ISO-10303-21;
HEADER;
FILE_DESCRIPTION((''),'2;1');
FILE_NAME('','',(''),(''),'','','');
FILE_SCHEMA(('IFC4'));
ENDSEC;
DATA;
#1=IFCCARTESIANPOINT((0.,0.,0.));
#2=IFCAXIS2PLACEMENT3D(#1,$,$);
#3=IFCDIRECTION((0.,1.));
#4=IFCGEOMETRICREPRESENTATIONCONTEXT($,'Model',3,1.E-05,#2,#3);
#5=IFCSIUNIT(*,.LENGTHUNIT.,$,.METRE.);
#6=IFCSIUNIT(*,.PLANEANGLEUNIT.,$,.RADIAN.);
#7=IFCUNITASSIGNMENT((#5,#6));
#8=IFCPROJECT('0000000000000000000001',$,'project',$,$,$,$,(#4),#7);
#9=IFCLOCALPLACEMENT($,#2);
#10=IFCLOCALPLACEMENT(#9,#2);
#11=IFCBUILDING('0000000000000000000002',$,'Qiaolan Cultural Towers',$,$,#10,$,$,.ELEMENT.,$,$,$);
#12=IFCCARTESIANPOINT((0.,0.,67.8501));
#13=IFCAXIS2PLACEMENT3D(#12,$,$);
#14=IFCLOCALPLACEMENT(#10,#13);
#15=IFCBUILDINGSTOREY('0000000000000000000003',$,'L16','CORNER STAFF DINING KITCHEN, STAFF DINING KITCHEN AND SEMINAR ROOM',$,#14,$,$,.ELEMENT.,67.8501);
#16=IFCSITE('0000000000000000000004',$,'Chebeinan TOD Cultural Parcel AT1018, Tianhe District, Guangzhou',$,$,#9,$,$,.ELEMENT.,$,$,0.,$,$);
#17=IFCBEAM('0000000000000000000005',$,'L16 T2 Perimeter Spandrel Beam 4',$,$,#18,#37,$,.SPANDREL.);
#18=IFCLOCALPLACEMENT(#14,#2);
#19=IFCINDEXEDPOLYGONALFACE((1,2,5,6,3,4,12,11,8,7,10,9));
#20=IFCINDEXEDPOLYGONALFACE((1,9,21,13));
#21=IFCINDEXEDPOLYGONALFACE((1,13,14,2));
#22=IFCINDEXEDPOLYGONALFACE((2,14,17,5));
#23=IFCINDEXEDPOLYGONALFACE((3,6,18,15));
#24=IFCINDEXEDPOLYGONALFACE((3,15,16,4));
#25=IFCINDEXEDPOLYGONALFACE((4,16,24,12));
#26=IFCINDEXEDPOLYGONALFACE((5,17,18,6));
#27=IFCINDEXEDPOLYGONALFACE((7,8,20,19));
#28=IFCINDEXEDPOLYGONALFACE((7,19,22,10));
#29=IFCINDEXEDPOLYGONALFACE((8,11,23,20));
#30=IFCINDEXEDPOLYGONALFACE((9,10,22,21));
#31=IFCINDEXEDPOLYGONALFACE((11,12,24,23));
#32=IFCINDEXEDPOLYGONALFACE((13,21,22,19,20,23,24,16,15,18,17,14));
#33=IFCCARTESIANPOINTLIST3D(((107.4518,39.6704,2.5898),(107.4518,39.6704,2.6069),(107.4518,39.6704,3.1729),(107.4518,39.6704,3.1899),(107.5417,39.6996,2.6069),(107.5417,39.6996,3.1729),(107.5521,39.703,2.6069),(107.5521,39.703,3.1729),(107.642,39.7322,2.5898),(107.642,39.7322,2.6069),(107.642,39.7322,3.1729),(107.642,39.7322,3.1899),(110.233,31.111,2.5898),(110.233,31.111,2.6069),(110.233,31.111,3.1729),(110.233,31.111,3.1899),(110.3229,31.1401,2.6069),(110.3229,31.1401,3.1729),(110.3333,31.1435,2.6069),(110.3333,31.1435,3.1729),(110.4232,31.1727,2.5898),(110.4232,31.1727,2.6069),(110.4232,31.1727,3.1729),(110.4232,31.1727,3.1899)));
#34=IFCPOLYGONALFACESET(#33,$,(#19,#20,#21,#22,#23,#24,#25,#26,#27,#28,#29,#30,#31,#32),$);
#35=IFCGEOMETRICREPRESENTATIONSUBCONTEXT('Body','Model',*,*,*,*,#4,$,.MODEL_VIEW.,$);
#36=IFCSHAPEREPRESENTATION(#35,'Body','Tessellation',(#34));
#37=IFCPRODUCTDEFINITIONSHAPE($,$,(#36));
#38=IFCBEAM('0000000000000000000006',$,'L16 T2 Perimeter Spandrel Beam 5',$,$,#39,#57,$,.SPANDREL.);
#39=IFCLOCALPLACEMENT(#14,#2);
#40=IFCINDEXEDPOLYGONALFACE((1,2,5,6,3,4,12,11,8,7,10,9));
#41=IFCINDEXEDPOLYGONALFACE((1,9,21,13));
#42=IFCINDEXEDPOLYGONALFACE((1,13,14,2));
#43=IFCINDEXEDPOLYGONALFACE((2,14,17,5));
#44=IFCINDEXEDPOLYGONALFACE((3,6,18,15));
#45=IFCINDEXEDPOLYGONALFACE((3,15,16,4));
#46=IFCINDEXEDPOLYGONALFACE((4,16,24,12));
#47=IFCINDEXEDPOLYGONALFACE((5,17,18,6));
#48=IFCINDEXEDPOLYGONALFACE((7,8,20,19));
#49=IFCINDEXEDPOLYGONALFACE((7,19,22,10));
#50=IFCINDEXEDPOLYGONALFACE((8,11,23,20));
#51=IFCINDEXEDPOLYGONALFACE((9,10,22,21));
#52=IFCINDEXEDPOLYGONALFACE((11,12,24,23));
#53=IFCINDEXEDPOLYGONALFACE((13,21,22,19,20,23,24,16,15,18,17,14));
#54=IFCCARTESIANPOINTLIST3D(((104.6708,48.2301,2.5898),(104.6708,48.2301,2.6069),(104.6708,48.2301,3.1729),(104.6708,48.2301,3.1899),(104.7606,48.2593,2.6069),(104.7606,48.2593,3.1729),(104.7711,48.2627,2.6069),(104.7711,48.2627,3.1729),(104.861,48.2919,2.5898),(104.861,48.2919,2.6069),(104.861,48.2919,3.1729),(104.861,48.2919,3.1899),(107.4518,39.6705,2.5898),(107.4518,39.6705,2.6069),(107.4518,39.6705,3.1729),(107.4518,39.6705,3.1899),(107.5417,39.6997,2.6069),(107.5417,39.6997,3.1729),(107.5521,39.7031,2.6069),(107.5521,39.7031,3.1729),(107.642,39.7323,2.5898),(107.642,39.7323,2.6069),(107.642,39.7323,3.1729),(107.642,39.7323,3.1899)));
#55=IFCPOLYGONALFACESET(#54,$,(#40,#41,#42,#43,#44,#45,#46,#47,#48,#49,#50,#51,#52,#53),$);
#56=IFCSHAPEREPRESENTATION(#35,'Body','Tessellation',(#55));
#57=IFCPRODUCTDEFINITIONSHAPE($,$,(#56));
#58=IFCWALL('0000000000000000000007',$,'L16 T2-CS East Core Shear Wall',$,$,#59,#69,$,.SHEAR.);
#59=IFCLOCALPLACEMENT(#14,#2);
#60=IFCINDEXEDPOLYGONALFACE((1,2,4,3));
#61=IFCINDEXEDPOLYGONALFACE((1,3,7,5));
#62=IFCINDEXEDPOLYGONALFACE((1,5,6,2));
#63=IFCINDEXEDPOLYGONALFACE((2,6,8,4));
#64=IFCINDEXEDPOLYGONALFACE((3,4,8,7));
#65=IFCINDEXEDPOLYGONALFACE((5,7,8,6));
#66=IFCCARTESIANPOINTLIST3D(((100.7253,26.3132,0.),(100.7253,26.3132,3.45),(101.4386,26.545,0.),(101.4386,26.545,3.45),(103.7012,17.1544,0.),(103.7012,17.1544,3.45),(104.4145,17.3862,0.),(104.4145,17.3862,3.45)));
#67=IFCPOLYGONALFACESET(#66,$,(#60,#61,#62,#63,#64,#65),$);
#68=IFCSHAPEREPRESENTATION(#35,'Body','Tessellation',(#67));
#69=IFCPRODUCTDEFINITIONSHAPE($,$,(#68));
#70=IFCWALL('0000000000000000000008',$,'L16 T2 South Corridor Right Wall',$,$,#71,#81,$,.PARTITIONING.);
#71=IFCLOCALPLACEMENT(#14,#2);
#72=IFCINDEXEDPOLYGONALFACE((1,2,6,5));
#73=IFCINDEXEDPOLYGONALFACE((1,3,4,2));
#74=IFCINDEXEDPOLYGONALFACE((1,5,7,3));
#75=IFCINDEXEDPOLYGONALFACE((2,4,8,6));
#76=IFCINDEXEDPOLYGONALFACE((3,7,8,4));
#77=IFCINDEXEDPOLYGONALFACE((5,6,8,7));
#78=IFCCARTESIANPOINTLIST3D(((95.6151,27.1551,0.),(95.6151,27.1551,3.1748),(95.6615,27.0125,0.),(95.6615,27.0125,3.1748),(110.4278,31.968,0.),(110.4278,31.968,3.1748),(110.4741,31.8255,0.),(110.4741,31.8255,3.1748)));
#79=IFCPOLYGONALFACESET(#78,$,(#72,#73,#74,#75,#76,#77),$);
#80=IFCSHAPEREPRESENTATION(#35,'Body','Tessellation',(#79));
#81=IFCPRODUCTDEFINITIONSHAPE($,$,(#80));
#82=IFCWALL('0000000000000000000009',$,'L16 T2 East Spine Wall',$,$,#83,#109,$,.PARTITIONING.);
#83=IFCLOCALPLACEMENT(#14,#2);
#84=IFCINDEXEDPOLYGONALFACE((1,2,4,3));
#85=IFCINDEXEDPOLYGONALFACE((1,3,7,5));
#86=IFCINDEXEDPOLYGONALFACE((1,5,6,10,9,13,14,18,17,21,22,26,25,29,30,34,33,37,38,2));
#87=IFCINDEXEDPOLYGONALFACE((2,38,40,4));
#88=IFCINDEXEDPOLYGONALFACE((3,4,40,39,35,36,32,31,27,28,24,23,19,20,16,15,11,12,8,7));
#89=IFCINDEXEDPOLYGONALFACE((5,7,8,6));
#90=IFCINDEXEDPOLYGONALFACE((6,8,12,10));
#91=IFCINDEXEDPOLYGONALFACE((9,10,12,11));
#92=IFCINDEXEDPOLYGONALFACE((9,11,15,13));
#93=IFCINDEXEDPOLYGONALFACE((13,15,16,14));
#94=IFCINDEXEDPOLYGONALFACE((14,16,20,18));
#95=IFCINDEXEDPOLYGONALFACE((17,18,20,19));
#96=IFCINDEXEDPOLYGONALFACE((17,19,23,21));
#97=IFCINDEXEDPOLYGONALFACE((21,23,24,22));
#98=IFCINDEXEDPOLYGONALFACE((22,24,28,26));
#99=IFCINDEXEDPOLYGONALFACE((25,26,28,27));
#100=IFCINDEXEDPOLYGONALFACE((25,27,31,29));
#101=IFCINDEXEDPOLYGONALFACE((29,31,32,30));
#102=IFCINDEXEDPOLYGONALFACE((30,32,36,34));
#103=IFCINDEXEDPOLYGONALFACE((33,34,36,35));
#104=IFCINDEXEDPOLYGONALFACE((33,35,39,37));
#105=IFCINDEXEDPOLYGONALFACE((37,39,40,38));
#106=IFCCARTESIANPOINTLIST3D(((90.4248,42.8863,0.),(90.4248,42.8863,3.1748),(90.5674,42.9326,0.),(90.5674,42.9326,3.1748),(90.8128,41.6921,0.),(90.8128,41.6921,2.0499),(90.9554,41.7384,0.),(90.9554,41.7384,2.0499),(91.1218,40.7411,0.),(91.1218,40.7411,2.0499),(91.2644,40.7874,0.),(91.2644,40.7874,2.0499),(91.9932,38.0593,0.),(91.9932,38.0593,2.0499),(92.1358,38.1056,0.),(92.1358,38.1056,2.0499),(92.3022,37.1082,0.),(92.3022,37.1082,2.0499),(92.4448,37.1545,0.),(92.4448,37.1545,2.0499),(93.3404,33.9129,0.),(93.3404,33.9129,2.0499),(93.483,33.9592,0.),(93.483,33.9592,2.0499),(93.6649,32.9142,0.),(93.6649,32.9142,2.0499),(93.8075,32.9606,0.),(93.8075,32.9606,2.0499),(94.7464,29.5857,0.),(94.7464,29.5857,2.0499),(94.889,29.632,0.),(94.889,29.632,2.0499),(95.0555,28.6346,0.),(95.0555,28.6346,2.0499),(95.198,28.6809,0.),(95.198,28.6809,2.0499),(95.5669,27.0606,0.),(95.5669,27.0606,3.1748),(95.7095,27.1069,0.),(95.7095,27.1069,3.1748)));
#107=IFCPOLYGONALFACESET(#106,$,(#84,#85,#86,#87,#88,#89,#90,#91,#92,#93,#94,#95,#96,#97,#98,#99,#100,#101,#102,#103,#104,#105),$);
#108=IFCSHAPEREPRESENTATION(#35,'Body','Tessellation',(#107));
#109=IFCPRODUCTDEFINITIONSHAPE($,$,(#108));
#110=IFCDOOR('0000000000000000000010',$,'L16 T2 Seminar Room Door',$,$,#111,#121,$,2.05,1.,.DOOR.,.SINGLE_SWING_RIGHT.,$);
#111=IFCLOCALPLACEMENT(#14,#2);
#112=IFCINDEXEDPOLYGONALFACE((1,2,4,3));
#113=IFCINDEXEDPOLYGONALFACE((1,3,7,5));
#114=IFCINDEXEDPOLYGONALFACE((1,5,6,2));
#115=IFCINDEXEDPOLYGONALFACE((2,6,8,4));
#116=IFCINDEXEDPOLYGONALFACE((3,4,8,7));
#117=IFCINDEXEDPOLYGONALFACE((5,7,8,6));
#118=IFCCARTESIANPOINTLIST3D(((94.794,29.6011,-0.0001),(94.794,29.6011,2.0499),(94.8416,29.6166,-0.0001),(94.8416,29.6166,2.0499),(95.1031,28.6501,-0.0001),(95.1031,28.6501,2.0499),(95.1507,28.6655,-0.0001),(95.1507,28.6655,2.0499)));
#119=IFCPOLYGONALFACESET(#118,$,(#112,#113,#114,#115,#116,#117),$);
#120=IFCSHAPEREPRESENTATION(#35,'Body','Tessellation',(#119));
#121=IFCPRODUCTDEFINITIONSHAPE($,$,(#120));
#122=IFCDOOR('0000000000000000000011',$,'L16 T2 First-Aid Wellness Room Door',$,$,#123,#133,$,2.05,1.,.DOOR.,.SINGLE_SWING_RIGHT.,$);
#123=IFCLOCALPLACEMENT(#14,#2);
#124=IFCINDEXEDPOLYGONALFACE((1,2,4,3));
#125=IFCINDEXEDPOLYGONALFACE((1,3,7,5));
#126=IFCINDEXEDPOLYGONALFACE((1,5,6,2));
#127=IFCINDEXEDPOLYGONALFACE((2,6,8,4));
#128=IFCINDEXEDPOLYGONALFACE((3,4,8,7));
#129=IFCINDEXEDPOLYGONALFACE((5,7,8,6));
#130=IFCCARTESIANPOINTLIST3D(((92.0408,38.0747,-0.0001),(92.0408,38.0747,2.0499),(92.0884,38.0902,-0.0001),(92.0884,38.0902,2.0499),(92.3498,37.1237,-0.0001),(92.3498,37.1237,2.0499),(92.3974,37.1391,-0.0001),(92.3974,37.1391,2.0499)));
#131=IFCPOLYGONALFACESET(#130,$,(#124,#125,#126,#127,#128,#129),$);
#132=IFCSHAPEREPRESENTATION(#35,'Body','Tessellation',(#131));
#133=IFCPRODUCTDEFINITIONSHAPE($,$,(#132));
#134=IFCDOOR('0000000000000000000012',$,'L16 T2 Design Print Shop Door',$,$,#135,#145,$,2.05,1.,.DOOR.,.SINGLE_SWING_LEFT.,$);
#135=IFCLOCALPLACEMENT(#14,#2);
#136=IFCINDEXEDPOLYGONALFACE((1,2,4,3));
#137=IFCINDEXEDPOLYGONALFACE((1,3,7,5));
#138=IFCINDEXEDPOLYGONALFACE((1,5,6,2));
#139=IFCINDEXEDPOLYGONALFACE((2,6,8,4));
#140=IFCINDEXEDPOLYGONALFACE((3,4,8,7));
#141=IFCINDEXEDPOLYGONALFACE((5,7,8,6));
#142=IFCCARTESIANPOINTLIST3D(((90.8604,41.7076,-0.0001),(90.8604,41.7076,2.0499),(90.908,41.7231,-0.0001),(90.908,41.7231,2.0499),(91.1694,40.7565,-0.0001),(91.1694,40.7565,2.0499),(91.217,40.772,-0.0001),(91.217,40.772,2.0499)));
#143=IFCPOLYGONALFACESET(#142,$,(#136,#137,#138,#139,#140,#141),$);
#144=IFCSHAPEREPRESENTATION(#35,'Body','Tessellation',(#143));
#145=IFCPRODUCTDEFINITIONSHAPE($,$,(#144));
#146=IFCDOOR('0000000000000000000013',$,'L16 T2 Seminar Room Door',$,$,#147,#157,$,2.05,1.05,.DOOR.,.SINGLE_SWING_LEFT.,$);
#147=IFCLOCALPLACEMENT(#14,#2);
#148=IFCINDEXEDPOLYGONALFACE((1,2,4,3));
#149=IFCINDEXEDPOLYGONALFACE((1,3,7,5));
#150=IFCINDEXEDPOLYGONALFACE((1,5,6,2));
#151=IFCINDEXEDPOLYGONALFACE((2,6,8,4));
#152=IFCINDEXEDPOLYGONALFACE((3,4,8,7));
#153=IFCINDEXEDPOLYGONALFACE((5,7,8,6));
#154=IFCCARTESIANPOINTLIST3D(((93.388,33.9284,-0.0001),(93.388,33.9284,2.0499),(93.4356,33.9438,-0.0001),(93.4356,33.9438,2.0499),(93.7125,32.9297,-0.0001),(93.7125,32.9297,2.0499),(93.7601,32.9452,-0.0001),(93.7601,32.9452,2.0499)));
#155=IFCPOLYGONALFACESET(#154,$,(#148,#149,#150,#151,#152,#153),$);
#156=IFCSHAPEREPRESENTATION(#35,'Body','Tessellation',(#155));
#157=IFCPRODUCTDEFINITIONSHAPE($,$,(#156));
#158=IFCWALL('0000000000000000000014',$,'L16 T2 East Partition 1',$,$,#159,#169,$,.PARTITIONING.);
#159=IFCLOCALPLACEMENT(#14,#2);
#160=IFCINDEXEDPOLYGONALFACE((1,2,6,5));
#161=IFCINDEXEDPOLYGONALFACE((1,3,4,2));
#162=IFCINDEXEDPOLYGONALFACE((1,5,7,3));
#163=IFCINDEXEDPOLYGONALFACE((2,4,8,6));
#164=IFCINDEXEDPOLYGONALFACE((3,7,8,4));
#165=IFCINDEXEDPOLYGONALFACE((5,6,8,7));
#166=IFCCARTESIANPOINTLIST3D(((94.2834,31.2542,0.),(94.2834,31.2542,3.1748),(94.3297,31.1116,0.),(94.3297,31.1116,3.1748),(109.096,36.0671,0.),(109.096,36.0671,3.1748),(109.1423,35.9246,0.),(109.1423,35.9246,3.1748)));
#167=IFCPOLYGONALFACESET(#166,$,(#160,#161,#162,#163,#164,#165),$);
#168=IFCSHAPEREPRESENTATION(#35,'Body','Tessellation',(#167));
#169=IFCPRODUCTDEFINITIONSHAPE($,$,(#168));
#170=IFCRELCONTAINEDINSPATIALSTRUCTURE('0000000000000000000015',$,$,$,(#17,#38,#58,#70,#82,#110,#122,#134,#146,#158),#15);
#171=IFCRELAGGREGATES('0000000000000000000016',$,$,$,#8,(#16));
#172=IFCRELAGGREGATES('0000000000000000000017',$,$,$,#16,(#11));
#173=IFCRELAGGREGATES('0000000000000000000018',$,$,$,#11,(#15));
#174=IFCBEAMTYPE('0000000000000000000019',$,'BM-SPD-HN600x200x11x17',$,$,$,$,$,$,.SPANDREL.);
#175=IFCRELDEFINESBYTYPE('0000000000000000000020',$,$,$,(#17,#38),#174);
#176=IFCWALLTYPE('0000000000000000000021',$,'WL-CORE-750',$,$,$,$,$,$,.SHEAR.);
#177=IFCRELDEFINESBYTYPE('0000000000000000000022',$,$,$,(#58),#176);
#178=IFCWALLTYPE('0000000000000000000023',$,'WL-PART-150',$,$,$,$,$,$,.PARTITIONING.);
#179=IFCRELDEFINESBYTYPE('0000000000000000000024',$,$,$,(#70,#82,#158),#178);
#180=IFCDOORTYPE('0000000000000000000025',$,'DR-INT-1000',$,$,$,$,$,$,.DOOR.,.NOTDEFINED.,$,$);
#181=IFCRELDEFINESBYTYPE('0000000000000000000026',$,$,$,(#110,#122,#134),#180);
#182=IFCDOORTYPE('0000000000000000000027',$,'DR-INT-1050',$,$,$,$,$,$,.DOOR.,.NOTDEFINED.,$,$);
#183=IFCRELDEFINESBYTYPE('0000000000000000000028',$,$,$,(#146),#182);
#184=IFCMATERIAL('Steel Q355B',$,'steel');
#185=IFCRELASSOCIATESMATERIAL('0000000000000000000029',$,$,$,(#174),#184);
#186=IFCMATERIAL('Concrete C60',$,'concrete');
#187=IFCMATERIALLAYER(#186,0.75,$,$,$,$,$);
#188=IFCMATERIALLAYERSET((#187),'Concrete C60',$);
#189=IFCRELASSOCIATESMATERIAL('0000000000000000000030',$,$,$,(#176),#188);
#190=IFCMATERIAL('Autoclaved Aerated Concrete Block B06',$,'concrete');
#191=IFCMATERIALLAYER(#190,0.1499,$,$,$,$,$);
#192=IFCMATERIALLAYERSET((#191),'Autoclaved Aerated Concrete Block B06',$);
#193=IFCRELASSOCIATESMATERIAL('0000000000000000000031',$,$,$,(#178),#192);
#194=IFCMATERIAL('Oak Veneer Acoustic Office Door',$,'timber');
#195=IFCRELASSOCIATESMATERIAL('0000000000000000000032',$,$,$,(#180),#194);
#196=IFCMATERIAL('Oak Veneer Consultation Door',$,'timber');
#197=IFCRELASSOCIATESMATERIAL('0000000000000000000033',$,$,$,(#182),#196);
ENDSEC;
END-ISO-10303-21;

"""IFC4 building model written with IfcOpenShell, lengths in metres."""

from ifc_helpers import new_model, si_unit, direction, frame, frame_2d, origin, origin_2d, place, context, subcontext, project, spatial, rectangle, i_section, extrude, material, layer, layer_set, material_profile, profile_set, type_object, element, fill, save


model = new_model("IFC4")

# Units and contexts
model_context = context("Model", 3, precision=1e-05, world=origin(), true_north=direction((0.0, 1.0)))
body_context = subcontext(model_context, "Body", "Model", "MODEL_VIEW")
ifc_project = project(units=[si_unit("LENGTHUNIT", "METRE"), si_unit("PLANEANGLEUNIT", "RADIAN")], contexts=[model_context])

# Site, building, storey
site_placement = place(None, origin())
site = spatial("IfcSite", under=ifc_project, at=site_placement, Name="Chebeinan TOD Cultural Parcel AT1018, Tianhe District, Guangzhou", CompositionType="ELEMENT", RefElevation=0.0)
building_placement = place(site_placement, origin())
building = spatial("IfcBuilding", under=site, at=building_placement, Name="Qiaolan Cultural Towers", CompositionType="ELEMENT")
storey_placement = place(building_placement, frame((0.0, 0.0, 67.8501)))
storey = spatial("IfcBuildingStorey", under=building, at=storey_placement, Name="L16", Description="CORNER STAFF DINING KITCHEN, STAFF DINING KITCHEN AND SEMINAR ROOM", CompositionType="ELEMENT", Elevation=67.8501)

# Beams
ifc_material_1 = material(Name="Steel Q355B", Category="steel")
ifc_material_profile_1 = material_profile(ifc_material_1, i_section(OverallWidth=0.2, OverallDepth=0.6001, WebThickness=0.011, FlangeThickness=0.0171, at=origin_2d()), Name="HN600x200x11x17")
ifc_profile_set_1 = profile_set([ifc_material_profile_1], Name="Steel Q355B")
beam_type_1 = type_object("IfcBeamType", Name="BM-SPD-HN600x200x11x17", PredefinedType="SPANDREL", material=ifc_profile_set_1)
for number, where, z_axis, x_axis, name in (
    (1, (110.3281, 31.1418, 2.8899), (-0.309025, 0.951054, 0.0), (-0.951054, -0.309025, 0.0), "L16 T2 Perimeter Spandrel Beam 4"),
    (2, (107.5469, 39.7014, 2.8899), (-0.309, 0.951062, 0.0), (-0.951062, -0.309, 0.0), "L16 T2 Perimeter Spandrel Beam 5"),
):
    element("IfcBeam", number, at=place(storey_placement, frame(where, z_axis=z_axis, x_axis=x_axis)), inside=storey, type_object=beam_type_1, Name=name, PredefinedType="SPANDREL", context=body_context, shape_type="SweptSolid", body=[
        extrude(i_section(OverallWidth=0.2, OverallDepth=0.6001, WebThickness=0.011, FlangeThickness=0.0171, at=origin_2d()), origin(), (0.0, 0.0, 1.0), 9.0),
    ])

# Walls
ifc_material_2 = material(Name="Concrete C60", Category="concrete")
ifc_layer_1 = layer(ifc_material_2, 0.75)
ifc_layer_set_1 = layer_set([ifc_layer_1], Name="Concrete C60")
wall_type_1 = type_object("IfcWallType", Name="WL-CORE-750", PredefinedType="SHEAR", material=ifc_layer_set_1)
wall_1_placement = place(storey_placement, frame((101.082, 26.429, 0.0), z_axis=(0.0, 0.0, 1.0), x_axis=(0.309016, -0.951057, 0.0)))
element("IfcWall", 3, at=wall_1_placement, inside=storey, type_object=wall_type_1, Name="L16 T2-CS East Core Shear Wall", PredefinedType="SHEAR", context=body_context, shape_type="SweptSolid", body=[
    extrude(rectangle(XDim=9.6301, YDim=0.75, at=frame_2d((4.8149, 0.0))), origin(), (0.0, 0.0, 1.0), 3.45),
])
ifc_material_3 = material(Name="Autoclaved Aerated Concrete Block B06", Category="concrete")
ifc_layer_2 = layer(ifc_material_3, 0.1499)
ifc_layer_set_2 = layer_set([ifc_layer_2], Name="Autoclaved Aerated Concrete Block B06")
wall_type_2 = type_object("IfcWallType", Name="WL-PART-150", PredefinedType="PARTITIONING", material=ifc_layer_set_2)
wall_2_placement = place(storey_placement, frame((95.6382, 27.0837, 0.0), z_axis=(0.0, 0.0, 1.0), x_axis=(0.951056, 0.309019, 0.0)))
element("IfcWall", 4, at=wall_2_placement, inside=storey, type_object=wall_type_2, Name="L16 T2 South Corridor Right Wall", PredefinedType="PARTITIONING", context=body_context, shape_type="SweptSolid", body=[
    extrude(rectangle(XDim=15.575, YDim=0.1499, at=frame_2d((7.7876, 0.0))), origin(), (0.0, 0.0, 1.0), 3.1748),
])

# Wall, openings, doors
wall_3_placement = place(storey_placement, frame((95.6382, 27.0837, 0.0), z_axis=(0.0, 0.0, 1.0), x_axis=(-0.309018, 0.951056, 0.0)))
wall_3 = element("IfcWall", 5, at=wall_3_placement, inside=storey, type_object=wall_type_2, Name="L16 T2 East Spine Wall", PredefinedType="PARTITIONING", context=body_context, shape_type="SweptSolid", body=[
    extrude(rectangle(XDim=16.6401, YDim=0.1499, at=frame_2d((8.3201, 0.0))), origin(), (0.0, 0.0, 1.0), 3.1748),
])
opening_1_placement = place(wall_3_placement, frame((1.655, 0.0, 0.0)))
opening_1 = element("IfcOpeningElement", 6, at=opening_1_placement, cuts=wall_3, PredefinedType="OPENING", context=body_context, shape_type="SweptSolid", body=[
    extrude(rectangle(XDim=1.0, YDim=2.05, at=frame_2d((0.5, 1.0249))), frame((0.0, 0.085, 0.0), z_axis=(0.0, -1.0, 0.0), x_axis=(1.0, 0.0, 0.0)), (0.0, 0.0, 1.0), 0.1699),
])
opening_2_placement = place(wall_3_placement, frame((6.155, 0.0, 0.0)))
opening_2 = element("IfcOpeningElement", 7, at=opening_2_placement, cuts=wall_3, PredefinedType="OPENING", context=body_context, shape_type="SweptSolid", body=[
    extrude(rectangle(XDim=1.05, YDim=2.05, at=frame_2d((0.5249, 1.0249))), frame((0.0, 0.085, 0.0), z_axis=(0.0, -1.0, 0.0), x_axis=(1.0, 0.0, 0.0)), (0.0, 0.0, 1.0), 0.1699),
])
opening_3_placement = place(wall_3_placement, frame((10.5647, 0.0, 0.0)))
opening_3 = element("IfcOpeningElement", 8, at=opening_3_placement, cuts=wall_3, PredefinedType="OPENING", context=body_context, shape_type="SweptSolid", body=[
    extrude(rectangle(XDim=1.0, YDim=2.05, at=frame_2d((0.5, 1.0249))), frame((0.0, 0.085, 0.0), z_axis=(0.0, -1.0, 0.0), x_axis=(1.0, 0.0, 0.0)), (0.0, 0.0, 1.0), 0.1699),
])
opening_4_placement = place(wall_3_placement, frame((14.3845, 0.0, 0.0)))
opening_4 = element("IfcOpeningElement", 9, at=opening_4_placement, cuts=wall_3, PredefinedType="OPENING", context=body_context, shape_type="SweptSolid", body=[
    extrude(rectangle(XDim=1.0, YDim=2.05, at=frame_2d((0.5, 1.0249))), frame((0.0, 0.085, 0.0), z_axis=(0.0, -1.0, 0.0), x_axis=(1.0, 0.0, 0.0)), (0.0, 0.0, 1.0), 0.1699),
])
ifc_material_4 = material(Name="Oak Veneer Acoustic Office Door", Category="timber")
door_type_1 = type_object("IfcDoorType", Name="DR-INT-1000", OperationType="NOTDEFINED", PredefinedType="DOOR", material=ifc_material_4)
door_1_placement = place(opening_1_placement, origin())
door_1 = element("IfcDoor", 10, at=door_1_placement, inside=storey, type_object=door_type_1, Name="L16 T2 Seminar Room Door", OperationType="SINGLE_SWING_RIGHT", OverallHeight=2.05, OverallWidth=1.0, PredefinedType="DOOR", context=body_context, shape_type="SweptSolid", body=[
    extrude(rectangle(XDim=1.0, YDim=2.05, at=frame_2d((0.5, 1.0249))), frame((0.0, 0.0249, 0.0), z_axis=(0.0, -1.0, 0.0), x_axis=(1.0, 0.0, 0.0)), (0.0, 0.0, 1.0), 0.05),
])
fill(opening_1, door_1)
door_2_placement = place(opening_3_placement, origin())
door_2 = element("IfcDoor", 11, at=door_2_placement, inside=storey, type_object=door_type_1, Name="L16 T2 First-Aid Wellness Room Door", OperationType="SINGLE_SWING_RIGHT", OverallHeight=2.05, OverallWidth=1.0, PredefinedType="DOOR", context=body_context, shape_type="SweptSolid", body=[
    extrude(rectangle(XDim=1.0, YDim=2.05, at=frame_2d((0.5, 1.0249))), frame((0.0, 0.0249, 0.0), z_axis=(0.0, -1.0, 0.0), x_axis=(1.0, 0.0, 0.0)), (0.0, 0.0, 1.0), 0.05),
])
fill(opening_3, door_2)
door_3_placement = place(opening_4_placement, origin())
door_3 = element("IfcDoor", 12, at=door_3_placement, inside=storey, type_object=door_type_1, Name="L16 T2 Design Print Shop Door", OperationType="SINGLE_SWING_LEFT", OverallHeight=2.05, OverallWidth=1.0, PredefinedType="DOOR", context=body_context, shape_type="SweptSolid", body=[
    extrude(rectangle(XDim=1.0, YDim=2.05, at=frame_2d((0.5, 1.0249))), frame((0.0, 0.0249, 0.0), z_axis=(0.0, -1.0, 0.0), x_axis=(1.0, 0.0, 0.0)), (0.0, 0.0, 1.0), 0.05),
])
fill(opening_4, door_3)
ifc_material_5 = material(Name="Oak Veneer Consultation Door", Category="timber")
door_type_2 = type_object("IfcDoorType", Name="DR-INT-1050", OperationType="NOTDEFINED", PredefinedType="DOOR", material=ifc_material_5)
door_4_placement = place(opening_2_placement, origin())
door_4 = element("IfcDoor", 13, at=door_4_placement, inside=storey, type_object=door_type_2, Name="L16 T2 Seminar Room Door", OperationType="SINGLE_SWING_LEFT", OverallHeight=2.05, OverallWidth=1.05, PredefinedType="DOOR", context=body_context, shape_type="SweptSolid", body=[
    extrude(rectangle(XDim=1.05, YDim=2.05, at=frame_2d((0.5249, 1.0249))), frame((0.0, 0.0249, 0.0), z_axis=(0.0, -1.0, 0.0), x_axis=(1.0, 0.0, 0.0)), (0.0, 0.0, 1.0), 0.05),
])
fill(opening_2, door_4)

# Wall
for number, where, z_axis, x_axis, name in (
    (14, (94.3064, 31.1829, 0.0), (0.0, 0.0, 1.0), (0.951056, 0.309019, 0.0), "L16 T2 East Partition 1"),
):
    element("IfcWall", number, at=place(storey_placement, frame(where, z_axis=z_axis, x_axis=x_axis)), inside=storey, type_object=wall_type_2, Name=name, PredefinedType="PARTITIONING", context=body_context, shape_type="SweptSolid", body=[
        extrude(rectangle(XDim=15.575, YDim=0.1499, at=frame_2d((7.7876, 0.0))), origin(), (0.0, 0.0, 1.0), 3.1748),
    ])

save(model, "model.ifc")
